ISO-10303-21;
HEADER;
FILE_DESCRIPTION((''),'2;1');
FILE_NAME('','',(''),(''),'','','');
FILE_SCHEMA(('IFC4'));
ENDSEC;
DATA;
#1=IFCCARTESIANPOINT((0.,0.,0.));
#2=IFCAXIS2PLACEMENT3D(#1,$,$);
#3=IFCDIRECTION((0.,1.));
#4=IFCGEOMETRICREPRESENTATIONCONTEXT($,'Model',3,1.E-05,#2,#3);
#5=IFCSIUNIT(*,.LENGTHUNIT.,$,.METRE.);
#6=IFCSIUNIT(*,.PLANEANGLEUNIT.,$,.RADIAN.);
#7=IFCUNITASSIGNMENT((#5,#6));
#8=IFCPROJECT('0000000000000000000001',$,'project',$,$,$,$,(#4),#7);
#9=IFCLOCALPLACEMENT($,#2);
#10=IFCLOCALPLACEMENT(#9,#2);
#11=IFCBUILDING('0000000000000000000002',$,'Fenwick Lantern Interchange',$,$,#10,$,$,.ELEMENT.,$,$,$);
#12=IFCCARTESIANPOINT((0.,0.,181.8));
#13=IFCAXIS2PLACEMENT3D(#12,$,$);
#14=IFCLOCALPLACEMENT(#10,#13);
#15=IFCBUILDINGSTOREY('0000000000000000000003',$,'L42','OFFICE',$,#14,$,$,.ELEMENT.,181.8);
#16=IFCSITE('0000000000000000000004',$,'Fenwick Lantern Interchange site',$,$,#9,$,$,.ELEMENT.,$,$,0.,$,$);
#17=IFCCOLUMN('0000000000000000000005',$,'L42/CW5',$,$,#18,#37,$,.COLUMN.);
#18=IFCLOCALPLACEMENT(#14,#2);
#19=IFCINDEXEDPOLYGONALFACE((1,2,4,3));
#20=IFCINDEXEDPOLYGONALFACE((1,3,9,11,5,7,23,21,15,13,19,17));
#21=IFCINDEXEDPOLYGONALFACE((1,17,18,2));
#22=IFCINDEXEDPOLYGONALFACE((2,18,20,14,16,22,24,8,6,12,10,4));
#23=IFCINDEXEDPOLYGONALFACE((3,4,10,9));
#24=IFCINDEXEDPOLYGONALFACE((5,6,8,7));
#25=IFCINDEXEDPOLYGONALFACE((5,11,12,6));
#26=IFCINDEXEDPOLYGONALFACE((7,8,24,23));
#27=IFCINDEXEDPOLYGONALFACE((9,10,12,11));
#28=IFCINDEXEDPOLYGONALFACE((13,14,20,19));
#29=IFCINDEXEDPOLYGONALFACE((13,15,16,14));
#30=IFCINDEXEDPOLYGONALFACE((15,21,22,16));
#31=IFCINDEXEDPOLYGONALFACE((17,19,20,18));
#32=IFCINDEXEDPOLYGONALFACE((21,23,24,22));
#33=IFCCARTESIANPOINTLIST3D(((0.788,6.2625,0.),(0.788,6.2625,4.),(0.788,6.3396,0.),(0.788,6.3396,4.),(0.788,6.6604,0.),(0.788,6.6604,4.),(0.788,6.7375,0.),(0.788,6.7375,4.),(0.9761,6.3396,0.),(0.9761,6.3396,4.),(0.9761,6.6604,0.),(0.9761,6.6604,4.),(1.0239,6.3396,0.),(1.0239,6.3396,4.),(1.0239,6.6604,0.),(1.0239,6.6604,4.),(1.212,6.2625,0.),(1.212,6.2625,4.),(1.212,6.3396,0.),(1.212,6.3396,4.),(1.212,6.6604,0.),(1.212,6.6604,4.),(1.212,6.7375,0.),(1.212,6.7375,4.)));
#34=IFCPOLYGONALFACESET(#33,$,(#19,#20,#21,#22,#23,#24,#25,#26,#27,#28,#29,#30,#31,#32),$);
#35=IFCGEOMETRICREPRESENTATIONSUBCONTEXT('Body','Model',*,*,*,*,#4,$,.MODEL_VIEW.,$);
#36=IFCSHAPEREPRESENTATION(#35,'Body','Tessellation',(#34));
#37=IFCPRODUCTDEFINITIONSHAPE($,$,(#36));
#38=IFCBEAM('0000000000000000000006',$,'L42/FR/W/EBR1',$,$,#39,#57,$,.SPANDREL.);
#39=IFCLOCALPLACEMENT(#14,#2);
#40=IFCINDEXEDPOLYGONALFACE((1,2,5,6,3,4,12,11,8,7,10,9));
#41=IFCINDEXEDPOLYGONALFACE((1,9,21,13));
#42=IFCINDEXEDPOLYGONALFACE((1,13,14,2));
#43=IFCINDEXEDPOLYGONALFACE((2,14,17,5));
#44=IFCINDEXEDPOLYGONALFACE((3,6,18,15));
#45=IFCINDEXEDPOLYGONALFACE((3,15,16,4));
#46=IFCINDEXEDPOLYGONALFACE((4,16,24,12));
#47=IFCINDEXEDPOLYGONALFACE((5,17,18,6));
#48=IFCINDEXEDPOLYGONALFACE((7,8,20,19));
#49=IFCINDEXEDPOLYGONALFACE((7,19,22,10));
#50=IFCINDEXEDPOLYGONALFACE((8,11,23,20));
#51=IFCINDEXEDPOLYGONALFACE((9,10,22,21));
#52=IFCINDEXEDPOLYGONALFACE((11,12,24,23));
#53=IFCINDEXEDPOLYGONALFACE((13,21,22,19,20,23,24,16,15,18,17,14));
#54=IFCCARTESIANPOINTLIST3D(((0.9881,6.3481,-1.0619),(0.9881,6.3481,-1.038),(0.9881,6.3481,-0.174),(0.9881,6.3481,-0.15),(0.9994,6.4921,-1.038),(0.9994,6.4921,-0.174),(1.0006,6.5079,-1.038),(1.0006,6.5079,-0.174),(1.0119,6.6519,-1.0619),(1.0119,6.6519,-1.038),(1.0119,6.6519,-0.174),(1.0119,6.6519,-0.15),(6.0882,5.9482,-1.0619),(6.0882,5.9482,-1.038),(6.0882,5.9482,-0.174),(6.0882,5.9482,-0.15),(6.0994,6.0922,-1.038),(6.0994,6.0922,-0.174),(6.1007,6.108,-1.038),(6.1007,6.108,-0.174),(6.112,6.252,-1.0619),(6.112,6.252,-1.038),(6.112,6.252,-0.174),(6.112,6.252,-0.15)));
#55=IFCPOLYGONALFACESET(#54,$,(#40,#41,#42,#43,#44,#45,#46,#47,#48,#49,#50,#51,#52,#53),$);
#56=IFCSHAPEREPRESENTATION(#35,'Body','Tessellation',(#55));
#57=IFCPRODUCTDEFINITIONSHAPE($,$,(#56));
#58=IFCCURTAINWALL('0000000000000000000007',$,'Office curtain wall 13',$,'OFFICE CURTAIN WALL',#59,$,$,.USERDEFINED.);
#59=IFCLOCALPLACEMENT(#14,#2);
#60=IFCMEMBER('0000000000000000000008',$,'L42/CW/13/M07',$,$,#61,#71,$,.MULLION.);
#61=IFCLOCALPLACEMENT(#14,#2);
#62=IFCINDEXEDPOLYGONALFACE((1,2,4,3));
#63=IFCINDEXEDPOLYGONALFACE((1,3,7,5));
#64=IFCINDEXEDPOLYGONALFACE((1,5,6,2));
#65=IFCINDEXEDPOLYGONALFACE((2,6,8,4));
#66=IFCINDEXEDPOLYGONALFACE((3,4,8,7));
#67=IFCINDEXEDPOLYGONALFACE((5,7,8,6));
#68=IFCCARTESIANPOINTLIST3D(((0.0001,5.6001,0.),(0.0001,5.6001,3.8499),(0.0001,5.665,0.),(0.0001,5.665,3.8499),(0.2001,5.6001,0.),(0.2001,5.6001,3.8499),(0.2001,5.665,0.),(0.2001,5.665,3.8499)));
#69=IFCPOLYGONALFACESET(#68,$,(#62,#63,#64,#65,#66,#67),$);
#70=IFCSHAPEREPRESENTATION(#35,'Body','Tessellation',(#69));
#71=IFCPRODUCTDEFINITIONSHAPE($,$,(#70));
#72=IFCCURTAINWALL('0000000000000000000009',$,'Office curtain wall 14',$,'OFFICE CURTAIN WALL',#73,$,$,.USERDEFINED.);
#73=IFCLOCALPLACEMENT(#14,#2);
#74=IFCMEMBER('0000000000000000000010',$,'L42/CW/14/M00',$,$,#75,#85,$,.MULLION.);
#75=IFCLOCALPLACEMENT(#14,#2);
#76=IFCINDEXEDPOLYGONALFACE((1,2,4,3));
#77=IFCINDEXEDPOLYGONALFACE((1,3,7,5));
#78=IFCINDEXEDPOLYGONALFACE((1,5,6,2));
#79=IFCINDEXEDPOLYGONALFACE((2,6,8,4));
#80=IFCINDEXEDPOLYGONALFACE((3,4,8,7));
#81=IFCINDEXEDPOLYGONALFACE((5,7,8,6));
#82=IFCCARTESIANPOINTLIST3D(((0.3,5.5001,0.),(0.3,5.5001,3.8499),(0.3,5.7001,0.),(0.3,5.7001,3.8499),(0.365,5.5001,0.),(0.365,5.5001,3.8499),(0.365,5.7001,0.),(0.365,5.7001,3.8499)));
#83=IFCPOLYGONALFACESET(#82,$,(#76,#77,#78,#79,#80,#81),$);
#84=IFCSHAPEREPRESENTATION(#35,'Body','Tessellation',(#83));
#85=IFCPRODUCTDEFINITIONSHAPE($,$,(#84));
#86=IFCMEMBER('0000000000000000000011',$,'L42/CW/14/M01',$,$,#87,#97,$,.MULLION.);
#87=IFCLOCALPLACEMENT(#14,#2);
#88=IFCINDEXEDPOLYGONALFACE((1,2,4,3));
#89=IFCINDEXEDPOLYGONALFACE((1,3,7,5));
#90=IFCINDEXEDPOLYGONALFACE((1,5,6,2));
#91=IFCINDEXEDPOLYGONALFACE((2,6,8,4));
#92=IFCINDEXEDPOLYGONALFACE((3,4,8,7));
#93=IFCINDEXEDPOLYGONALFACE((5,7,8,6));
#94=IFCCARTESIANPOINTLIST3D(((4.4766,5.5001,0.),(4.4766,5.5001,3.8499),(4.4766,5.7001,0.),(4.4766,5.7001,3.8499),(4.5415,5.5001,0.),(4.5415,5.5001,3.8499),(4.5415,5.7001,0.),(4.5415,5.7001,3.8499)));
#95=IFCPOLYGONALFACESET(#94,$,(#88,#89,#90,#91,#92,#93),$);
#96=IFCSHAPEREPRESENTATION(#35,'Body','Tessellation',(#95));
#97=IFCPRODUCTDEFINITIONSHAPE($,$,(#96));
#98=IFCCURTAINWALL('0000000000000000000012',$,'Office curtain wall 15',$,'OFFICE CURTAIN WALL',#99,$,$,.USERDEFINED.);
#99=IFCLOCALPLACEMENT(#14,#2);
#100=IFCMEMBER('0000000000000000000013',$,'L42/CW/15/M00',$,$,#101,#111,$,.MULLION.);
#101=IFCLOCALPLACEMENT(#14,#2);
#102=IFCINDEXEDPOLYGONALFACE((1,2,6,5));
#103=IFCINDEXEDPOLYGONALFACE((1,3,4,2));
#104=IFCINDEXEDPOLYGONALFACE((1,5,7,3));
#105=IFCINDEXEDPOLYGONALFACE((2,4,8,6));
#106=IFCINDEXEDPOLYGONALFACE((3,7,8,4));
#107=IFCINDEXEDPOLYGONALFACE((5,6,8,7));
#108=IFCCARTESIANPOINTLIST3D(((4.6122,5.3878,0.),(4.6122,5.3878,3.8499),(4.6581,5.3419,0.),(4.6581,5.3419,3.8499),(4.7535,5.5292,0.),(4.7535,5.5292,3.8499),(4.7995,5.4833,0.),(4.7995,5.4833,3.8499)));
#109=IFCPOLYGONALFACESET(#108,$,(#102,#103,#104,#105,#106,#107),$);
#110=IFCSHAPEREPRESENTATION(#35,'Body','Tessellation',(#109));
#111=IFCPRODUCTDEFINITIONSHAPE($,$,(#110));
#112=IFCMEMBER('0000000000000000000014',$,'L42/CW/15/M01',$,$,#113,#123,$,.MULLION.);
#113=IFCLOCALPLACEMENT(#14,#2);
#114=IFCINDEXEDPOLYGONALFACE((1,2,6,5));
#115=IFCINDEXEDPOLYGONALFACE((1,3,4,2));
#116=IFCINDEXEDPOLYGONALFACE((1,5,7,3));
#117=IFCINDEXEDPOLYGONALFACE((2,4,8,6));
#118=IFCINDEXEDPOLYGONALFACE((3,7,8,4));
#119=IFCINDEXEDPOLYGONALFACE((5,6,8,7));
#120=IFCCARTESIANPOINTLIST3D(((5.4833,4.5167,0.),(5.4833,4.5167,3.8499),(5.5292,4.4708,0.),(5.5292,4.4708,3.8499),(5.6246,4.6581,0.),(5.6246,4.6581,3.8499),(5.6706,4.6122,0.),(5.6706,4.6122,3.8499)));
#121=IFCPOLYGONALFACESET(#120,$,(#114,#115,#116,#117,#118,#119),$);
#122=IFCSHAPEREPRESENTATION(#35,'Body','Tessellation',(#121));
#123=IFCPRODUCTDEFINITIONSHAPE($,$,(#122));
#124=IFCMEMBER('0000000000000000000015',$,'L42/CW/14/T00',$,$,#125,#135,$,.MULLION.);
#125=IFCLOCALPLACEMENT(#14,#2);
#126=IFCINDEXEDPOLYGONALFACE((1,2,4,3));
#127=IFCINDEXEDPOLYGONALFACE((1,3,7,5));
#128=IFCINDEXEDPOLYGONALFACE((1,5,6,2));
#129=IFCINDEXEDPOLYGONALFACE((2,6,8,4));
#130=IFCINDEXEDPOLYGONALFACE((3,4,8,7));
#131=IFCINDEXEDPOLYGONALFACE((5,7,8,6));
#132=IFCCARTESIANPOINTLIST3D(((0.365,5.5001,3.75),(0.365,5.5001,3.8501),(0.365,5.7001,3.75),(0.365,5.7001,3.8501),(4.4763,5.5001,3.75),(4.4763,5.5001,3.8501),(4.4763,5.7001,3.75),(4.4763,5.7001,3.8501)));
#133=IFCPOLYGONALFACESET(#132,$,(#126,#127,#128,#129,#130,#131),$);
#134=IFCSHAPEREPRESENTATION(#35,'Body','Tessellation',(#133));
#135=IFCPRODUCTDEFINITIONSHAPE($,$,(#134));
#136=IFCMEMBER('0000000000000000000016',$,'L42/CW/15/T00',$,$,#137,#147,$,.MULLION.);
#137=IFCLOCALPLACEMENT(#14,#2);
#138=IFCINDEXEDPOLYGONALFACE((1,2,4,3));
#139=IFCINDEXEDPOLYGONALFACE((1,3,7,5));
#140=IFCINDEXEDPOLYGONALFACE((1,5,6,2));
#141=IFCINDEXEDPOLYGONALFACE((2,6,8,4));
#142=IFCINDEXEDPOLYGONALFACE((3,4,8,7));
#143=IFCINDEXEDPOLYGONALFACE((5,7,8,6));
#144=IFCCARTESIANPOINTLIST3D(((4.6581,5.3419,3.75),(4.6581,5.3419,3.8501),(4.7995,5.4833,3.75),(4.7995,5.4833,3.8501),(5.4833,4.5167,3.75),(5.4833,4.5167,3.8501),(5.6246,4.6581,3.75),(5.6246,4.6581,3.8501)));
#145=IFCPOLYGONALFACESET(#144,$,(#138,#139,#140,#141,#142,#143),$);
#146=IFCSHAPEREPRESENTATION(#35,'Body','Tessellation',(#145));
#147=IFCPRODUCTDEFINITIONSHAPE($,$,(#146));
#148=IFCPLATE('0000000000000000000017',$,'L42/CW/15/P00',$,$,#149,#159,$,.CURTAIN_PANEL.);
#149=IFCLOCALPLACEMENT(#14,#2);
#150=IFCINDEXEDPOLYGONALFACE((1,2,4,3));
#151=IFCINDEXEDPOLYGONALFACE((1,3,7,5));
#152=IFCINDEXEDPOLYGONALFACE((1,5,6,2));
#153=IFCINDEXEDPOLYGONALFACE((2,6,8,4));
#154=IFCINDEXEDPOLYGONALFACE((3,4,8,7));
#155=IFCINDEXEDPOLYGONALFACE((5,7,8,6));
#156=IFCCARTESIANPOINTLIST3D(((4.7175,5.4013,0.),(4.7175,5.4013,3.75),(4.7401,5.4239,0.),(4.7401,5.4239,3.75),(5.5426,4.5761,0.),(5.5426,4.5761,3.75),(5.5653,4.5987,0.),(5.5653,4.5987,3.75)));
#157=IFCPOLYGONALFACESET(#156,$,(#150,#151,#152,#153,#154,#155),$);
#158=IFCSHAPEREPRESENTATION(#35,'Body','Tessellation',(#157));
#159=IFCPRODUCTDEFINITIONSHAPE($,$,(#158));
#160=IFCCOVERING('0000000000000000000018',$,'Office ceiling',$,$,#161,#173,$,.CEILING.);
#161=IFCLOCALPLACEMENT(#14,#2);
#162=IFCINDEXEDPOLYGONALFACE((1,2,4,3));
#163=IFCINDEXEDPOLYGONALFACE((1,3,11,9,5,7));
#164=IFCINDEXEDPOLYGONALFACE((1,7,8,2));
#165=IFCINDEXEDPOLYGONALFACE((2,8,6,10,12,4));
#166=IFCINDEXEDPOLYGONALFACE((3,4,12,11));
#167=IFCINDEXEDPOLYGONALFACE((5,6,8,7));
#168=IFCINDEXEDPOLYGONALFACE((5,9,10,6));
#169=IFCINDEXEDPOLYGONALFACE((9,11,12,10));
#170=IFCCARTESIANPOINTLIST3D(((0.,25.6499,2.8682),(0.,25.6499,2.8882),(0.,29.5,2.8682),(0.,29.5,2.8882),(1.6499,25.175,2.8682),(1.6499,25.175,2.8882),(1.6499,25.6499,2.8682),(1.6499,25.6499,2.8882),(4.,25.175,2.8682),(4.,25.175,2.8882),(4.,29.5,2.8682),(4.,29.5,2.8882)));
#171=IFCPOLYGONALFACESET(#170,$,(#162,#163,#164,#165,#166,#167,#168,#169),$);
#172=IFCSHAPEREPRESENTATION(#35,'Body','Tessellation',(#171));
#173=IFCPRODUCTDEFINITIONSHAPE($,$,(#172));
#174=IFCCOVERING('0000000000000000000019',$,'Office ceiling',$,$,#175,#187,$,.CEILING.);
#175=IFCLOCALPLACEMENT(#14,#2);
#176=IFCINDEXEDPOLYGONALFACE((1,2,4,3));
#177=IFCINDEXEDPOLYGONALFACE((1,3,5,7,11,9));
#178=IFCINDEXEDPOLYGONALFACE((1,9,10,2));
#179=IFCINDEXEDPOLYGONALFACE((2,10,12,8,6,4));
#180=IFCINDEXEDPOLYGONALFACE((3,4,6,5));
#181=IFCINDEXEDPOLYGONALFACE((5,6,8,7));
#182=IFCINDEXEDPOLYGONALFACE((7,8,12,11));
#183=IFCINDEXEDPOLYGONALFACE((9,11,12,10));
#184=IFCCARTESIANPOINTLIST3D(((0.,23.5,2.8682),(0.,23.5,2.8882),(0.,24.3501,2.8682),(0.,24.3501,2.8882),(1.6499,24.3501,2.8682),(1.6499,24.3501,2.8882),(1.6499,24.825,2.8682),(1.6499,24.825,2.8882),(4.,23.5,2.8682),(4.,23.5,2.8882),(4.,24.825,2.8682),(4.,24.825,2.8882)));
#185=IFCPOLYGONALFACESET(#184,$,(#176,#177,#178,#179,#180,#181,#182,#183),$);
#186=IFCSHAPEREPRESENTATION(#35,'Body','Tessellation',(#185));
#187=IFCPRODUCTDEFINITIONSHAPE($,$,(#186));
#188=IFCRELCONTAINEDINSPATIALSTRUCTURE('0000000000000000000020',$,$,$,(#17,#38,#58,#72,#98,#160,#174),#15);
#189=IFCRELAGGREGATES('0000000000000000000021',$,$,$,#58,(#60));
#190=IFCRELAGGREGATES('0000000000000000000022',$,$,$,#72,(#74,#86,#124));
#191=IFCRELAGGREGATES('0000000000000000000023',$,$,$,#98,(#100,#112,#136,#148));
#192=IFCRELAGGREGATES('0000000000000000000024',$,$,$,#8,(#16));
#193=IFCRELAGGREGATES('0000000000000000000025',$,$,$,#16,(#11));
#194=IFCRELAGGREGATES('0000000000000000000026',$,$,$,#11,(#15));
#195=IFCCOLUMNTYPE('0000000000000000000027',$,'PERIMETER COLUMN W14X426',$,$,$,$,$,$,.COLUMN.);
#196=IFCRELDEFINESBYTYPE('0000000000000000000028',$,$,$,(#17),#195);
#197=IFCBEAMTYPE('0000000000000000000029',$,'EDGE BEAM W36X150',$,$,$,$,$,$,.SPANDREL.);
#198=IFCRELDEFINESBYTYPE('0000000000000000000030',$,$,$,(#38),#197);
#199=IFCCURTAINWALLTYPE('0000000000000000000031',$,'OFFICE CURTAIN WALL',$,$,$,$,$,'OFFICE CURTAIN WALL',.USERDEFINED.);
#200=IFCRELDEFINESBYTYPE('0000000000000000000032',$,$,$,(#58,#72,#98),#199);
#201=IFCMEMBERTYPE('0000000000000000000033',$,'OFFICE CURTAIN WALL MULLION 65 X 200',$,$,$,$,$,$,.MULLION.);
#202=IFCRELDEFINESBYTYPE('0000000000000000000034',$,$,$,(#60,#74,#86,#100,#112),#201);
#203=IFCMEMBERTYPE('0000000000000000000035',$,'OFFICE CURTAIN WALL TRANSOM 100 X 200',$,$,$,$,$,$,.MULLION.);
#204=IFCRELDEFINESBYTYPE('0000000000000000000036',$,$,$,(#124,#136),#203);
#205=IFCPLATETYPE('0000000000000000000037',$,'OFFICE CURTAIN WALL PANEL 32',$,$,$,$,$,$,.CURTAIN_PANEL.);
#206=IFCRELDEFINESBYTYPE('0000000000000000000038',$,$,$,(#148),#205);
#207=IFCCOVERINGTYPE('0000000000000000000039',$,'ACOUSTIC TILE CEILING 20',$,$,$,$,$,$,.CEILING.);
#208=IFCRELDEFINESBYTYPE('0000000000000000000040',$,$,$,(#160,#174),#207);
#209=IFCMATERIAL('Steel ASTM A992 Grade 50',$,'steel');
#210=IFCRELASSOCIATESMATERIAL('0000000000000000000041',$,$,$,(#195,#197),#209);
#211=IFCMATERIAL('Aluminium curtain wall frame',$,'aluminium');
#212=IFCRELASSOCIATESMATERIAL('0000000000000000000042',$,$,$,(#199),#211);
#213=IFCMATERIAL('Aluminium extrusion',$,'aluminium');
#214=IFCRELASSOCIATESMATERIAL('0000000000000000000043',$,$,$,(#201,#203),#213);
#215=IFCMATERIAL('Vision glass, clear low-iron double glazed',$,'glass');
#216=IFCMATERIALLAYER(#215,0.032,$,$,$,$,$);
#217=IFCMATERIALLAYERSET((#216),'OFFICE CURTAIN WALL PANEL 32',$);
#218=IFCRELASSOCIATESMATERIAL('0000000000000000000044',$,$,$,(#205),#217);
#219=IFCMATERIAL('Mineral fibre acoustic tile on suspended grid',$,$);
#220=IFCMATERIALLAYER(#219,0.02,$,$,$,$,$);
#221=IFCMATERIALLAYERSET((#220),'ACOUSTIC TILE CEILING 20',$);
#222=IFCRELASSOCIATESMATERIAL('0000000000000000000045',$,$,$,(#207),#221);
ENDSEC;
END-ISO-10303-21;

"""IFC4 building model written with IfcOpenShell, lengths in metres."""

from ifc_helpers import new_model, si_unit, direction, frame, origin, origin_2d, place, context, subcontext, project, spatial, polyline, rectangle, i_section, outline, extrude, material, layer, layer_set, material_profile, profile_set, type_object, element, aggregate, save


model = new_model("IFC4")

# Units and contexts
model_context = context("Model", 3, precision=1e-05, world=origin(), true_north=direction((0.0, 1.0)))
body_context = subcontext(model_context, "Body", "Model", "MODEL_VIEW")
ifc_project = project(units=[si_unit("LENGTHUNIT", "METRE"), si_unit("PLANEANGLEUNIT", "RADIAN")], contexts=[model_context])

# Site, building, storey
site_placement = place(None, origin())
site = spatial("IfcSite", under=ifc_project, at=site_placement, Name="Fenwick Lantern Interchange site", CompositionType="ELEMENT", RefElevation=0.0)
building_placement = place(site_placement, origin())
building = spatial("IfcBuilding", under=site, at=building_placement, Name="Fenwick Lantern Interchange", CompositionType="ELEMENT")
storey_placement = place(building_placement, frame((0.0, 0.0, 181.8)))
storey = spatial("IfcBuildingStorey", under=building, at=storey_placement, Name="L42", Description="OFFICE", CompositionType="ELEMENT", Elevation=181.8)

# Column
ifc_material_1 = material(Name="Steel ASTM A992 Grade 50", Category="steel")
ifc_material_profile_1 = material_profile(ifc_material_1, i_section(OverallWidth=0.4241, OverallDepth=0.4751, WebThickness=0.0479, FlangeThickness=0.0771, at=origin_2d()), Name="W14X426")
ifc_profile_set_1 = profile_set([ifc_material_profile_1], Name="Steel ASTM A992 Grade 50")
column_type = type_object("IfcColumnType", Name="PERIMETER COLUMN W14X426", PredefinedType="COLUMN", material=ifc_profile_set_1)
column_placement = place(storey_placement, frame((1.0, 6.5, 0.0), z_axis=(0.0, 0.0, 1.0), x_axis=(1.0, 0.0, 0.0)))
element("IfcColumn", 1, at=column_placement, inside=storey, type_object=column_type, Name="L42/CW5", PredefinedType="COLUMN", context=body_context, shape_type="SweptSolid", body=[
    extrude(i_section(OverallWidth=0.4241, OverallDepth=0.4751, WebThickness=0.0479, FlangeThickness=0.0771, at=origin_2d()), origin(), (0.0, 0.0, 1.0), 4.0),
])

# Beam
ifc_material_profile_2 = material_profile(ifc_material_1, i_section(OverallWidth=0.3047, OverallDepth=0.9119, WebThickness=0.0159, FlangeThickness=0.0239, at=origin_2d()), Name="W36X150")
ifc_profile_set_2 = profile_set([ifc_material_profile_2], Name="Steel ASTM A992 Grade 50")
beam_type = type_object("IfcBeamType", Name="EDGE BEAM W36X150", PredefinedType="SPANDREL", material=ifc_profile_set_2)
beam_placement = place(storey_placement, frame((1.0, 6.5, -0.606), z_axis=(0.99694, -0.078171, 0.0), x_axis=(0.078171, 0.99694, 0.0)))
element("IfcBeam", 2, at=beam_placement, inside=storey, type_object=beam_type, Name="L42/FR/W/EBR1", PredefinedType="SPANDREL", context=body_context, shape_type="SweptSolid", body=[
    extrude(i_section(OverallWidth=0.3047, OverallDepth=0.9119, WebThickness=0.0159, FlangeThickness=0.0239, at=origin_2d()), origin(), (0.0, 0.0, 1.0), 5.1157),
])

# Curtain wall, member
ifc_material_2 = material(Name="Aluminium curtain wall frame", Category="aluminium")
curtain_wall_type = type_object("IfcCurtainWallType", Name="OFFICE CURTAIN WALL", ElementType="OFFICE CURTAIN WALL", PredefinedType="USERDEFINED", material=ifc_material_2)
curtain_wall_1_placement = place(storey_placement, origin())
curtain_wall_1 = element("IfcCurtainWall", 3, at=curtain_wall_1_placement, inside=storey, type_object=curtain_wall_type, Name="Office curtain wall 13", ObjectType="OFFICE CURTAIN WALL", PredefinedType="USERDEFINED")
ifc_material_3 = material(Name="Aluminium extrusion", Category="aluminium")
ifc_material_profile_3 = material_profile(ifc_material_3, rectangle(XDim=0.2, YDim=0.0649, at=origin_2d()), Name="OFFICE CURTAIN WALL MULLION 65 X 200")
ifc_profile_set_3 = profile_set([ifc_material_profile_3], Name="Aluminium extrusion")
member_type_1 = type_object("IfcMemberType", Name="OFFICE CURTAIN WALL MULLION 65 X 200", PredefinedType="MULLION", material=ifc_profile_set_3)
member_1_placement = place(storey_placement, frame((0.1001, 5.6326, 0.0), z_axis=(0.0, 0.0, 1.0), x_axis=(1.0, 0.0, 0.0)))
member_1 = element("IfcMember", 4, at=member_1_placement, type_object=member_type_1, Name="L42/CW/13/M07", PredefinedType="MULLION", context=body_context, shape_type="SweptSolid", body=[
    extrude(rectangle(XDim=0.2, YDim=0.0649, at=origin_2d()), origin(), (0.0, 0.0, 1.0), 3.8499),
])
aggregate(curtain_wall_1, [member_1])

# Curtain walls, members
curtain_wall_2_placement = place(storey_placement, origin())
curtain_wall_2 = element("IfcCurtainWall", 5, at=curtain_wall_2_placement, inside=storey, type_object=curtain_wall_type, Name="Office curtain wall 14", ObjectType="OFFICE CURTAIN WALL", PredefinedType="USERDEFINED")
member_2_placement = place(storey_placement, frame((0.3325, 5.6001, 0.0), z_axis=(0.0, 0.0, 1.0), x_axis=(0.0, 1.0, 0.0)))
member_2 = element("IfcMember", 6, at=member_2_placement, type_object=member_type_1, Name="L42/CW/14/M00", PredefinedType="MULLION", context=body_context, shape_type="SweptSolid", body=[
    extrude(rectangle(XDim=0.2, YDim=0.0649, at=origin_2d()), origin(), (0.0, 0.0, 1.0), 3.8499),
])
member_3_placement = place(storey_placement, frame((4.509, 5.6001, 0.0), z_axis=(0.0, 0.0, 1.0), x_axis=(0.0, 1.0, 0.0)))
member_3 = element("IfcMember", 7, at=member_3_placement, type_object=member_type_1, Name="L42/CW/14/M01", PredefinedType="MULLION", context=body_context, shape_type="SweptSolid", body=[
    extrude(rectangle(XDim=0.2, YDim=0.0649, at=origin_2d()), origin(), (0.0, 0.0, 1.0), 3.8499),
])
curtain_wall_3_placement = place(storey_placement, origin())
curtain_wall_3 = element("IfcCurtainWall", 8, at=curtain_wall_3_placement, inside=storey, type_object=curtain_wall_type, Name="Office curtain wall 15", ObjectType="OFFICE CURTAIN WALL", PredefinedType="USERDEFINED")
member_4_placement = place(storey_placement, frame((4.7058, 5.4355, 0.0), z_axis=(0.0, 0.0, 1.0), x_axis=(0.707107, 0.707107, 0.0)))
member_4 = element("IfcMember", 9, at=member_4_placement, type_object=member_type_1, Name="L42/CW/15/M00", PredefinedType="MULLION", context=body_context, shape_type="SweptSolid", body=[
    extrude(rectangle(XDim=0.2, YDim=0.0649, at=origin_2d()), origin(), (0.0, 0.0, 1.0), 3.8499),
])
member_5_placement = place(storey_placement, frame((5.5769, 4.5645, 0.0), z_axis=(0.0, 0.0, 1.0), x_axis=(0.707107, 0.707107, 0.0)))
member_5 = element("IfcMember", 10, at=member_5_placement, type_object=member_type_1, Name="L42/CW/15/M01", PredefinedType="MULLION", context=body_context, shape_type="SweptSolid", body=[
    extrude(rectangle(XDim=0.2, YDim=0.0649, at=origin_2d()), origin(), (0.0, 0.0, 1.0), 3.8499),
])

# Members
ifc_material_profile_4 = material_profile(ifc_material_3, rectangle(XDim=0.2, YDim=0.1001, at=origin_2d()), Name="OFFICE CURTAIN WALL TRANSOM 100 X 200")
ifc_profile_set_4 = profile_set([ifc_material_profile_4], Name="Aluminium extrusion")
member_type_2 = type_object("IfcMemberType", Name="OFFICE CURTAIN WALL TRANSOM 100 X 200", PredefinedType="MULLION", material=ifc_profile_set_4)
member_6_placement = place(storey_placement, frame((0.365, 5.6001, 3.8), z_axis=(1.0, 0.0, 0.0), x_axis=(0.0, 1.0, 0.0)))
member_6 = element("IfcMember", 11, at=member_6_placement, type_object=member_type_2, Name="L42/CW/14/T00", PredefinedType="MULLION", context=body_context, shape_type="SweptSolid", body=[
    extrude(rectangle(XDim=0.2, YDim=0.1001, at=origin_2d()), origin(), (0.0, 0.0, 1.0), 4.1113),
])
member_7_placement = place(storey_placement, frame((4.7288, 5.4126, 3.8), z_axis=(0.707107, -0.707107, 0.0), x_axis=(0.707107, 0.707107, 0.0)))
member_7 = element("IfcMember", 12, at=member_7_placement, type_object=member_type_2, Name="L42/CW/15/T00", PredefinedType="MULLION", context=body_context, shape_type="SweptSolid", body=[
    extrude(rectangle(XDim=0.2, YDim=0.1001, at=origin_2d()), origin(), (0.0, 0.0, 1.0), 1.167),
])

# Shared definitions
ifc_material_4 = material(Name="Vision glass, clear low-iron double glazed", Category="glass")
ifc_layer_1 = layer(ifc_material_4, 0.032)
ifc_layer_set_1 = layer_set([ifc_layer_1], Name="OFFICE CURTAIN WALL PANEL 32")
plate_type = type_object("IfcPlateType", Name="OFFICE CURTAIN WALL PANEL 32", PredefinedType="CURTAIN_PANEL", material=ifc_layer_set_1)

# Plate
aggregate(curtain_wall_2, [member_2, member_3, member_6])
plate_1_placement = place(storey_placement, frame((5.1414, 5.0, 0.0), z_axis=(0.0, 0.0, 1.0), x_axis=(0.707107, -0.707107, 0.0)))
plate_1 = element("IfcPlate", 13, at=plate_1_placement, type_object=plate_type, Name="L42/CW/15/P00", PredefinedType="CURTAIN_PANEL", context=body_context, shape_type="SweptSolid", body=[
    extrude(rectangle(XDim=1.167, YDim=0.032, at=origin_2d()), origin(), (0.0, 0.0, 1.0), 3.75),
])
aggregate(curtain_wall_3, [member_4, member_5, member_7, plate_1])

# Coverings
ifc_material_5 = material(Name="Mineral fibre acoustic tile on suspended grid")
ifc_layer_2 = layer(ifc_material_5, 0.02)
ifc_layer_set_2 = layer_set([ifc_layer_2], Name="ACOUSTIC TILE CEILING 20")
covering_type_1 = type_object("IfcCoveringType", Name="ACOUSTIC TILE CEILING 20", PredefinedType="CEILING", material=ifc_layer_set_2)
covering_1_placement = place(storey_placement, frame((0.0, 0.0, 2.8682)))
element("IfcCovering", 14, at=covering_1_placement, inside=storey, type_object=covering_type_1, Name="Office ceiling", PredefinedType="CEILING", context=body_context, shape_type="SweptSolid", body=[
    extrude(outline(polyline([(4.0, 29.5), (0.0, 29.5), (0.0, 25.6499), (1.6499, 25.6499), (1.6499, 25.175), (4.0, 25.175), (4.0, 29.5)])), origin(), (0.0, 0.0, 1.0), 0.02),
])
covering_2_placement = place(storey_placement, frame((0.0, 0.0, 2.8682)))
element("IfcCovering", 15, at=covering_2_placement, inside=storey, type_object=covering_type_1, Name="Office ceiling", PredefinedType="CEILING", context=body_context, shape_type="SweptSolid", body=[
    extrude(outline(polyline([(4.0, 23.5), (4.0, 24.825), (1.6499, 24.825), (1.6499, 24.3501), (0.0, 24.3501), (0.0, 23.5), (4.0, 23.5)])), origin(), (0.0, 0.0, 1.0), 0.02),
])

save(model, "model.ifc")
